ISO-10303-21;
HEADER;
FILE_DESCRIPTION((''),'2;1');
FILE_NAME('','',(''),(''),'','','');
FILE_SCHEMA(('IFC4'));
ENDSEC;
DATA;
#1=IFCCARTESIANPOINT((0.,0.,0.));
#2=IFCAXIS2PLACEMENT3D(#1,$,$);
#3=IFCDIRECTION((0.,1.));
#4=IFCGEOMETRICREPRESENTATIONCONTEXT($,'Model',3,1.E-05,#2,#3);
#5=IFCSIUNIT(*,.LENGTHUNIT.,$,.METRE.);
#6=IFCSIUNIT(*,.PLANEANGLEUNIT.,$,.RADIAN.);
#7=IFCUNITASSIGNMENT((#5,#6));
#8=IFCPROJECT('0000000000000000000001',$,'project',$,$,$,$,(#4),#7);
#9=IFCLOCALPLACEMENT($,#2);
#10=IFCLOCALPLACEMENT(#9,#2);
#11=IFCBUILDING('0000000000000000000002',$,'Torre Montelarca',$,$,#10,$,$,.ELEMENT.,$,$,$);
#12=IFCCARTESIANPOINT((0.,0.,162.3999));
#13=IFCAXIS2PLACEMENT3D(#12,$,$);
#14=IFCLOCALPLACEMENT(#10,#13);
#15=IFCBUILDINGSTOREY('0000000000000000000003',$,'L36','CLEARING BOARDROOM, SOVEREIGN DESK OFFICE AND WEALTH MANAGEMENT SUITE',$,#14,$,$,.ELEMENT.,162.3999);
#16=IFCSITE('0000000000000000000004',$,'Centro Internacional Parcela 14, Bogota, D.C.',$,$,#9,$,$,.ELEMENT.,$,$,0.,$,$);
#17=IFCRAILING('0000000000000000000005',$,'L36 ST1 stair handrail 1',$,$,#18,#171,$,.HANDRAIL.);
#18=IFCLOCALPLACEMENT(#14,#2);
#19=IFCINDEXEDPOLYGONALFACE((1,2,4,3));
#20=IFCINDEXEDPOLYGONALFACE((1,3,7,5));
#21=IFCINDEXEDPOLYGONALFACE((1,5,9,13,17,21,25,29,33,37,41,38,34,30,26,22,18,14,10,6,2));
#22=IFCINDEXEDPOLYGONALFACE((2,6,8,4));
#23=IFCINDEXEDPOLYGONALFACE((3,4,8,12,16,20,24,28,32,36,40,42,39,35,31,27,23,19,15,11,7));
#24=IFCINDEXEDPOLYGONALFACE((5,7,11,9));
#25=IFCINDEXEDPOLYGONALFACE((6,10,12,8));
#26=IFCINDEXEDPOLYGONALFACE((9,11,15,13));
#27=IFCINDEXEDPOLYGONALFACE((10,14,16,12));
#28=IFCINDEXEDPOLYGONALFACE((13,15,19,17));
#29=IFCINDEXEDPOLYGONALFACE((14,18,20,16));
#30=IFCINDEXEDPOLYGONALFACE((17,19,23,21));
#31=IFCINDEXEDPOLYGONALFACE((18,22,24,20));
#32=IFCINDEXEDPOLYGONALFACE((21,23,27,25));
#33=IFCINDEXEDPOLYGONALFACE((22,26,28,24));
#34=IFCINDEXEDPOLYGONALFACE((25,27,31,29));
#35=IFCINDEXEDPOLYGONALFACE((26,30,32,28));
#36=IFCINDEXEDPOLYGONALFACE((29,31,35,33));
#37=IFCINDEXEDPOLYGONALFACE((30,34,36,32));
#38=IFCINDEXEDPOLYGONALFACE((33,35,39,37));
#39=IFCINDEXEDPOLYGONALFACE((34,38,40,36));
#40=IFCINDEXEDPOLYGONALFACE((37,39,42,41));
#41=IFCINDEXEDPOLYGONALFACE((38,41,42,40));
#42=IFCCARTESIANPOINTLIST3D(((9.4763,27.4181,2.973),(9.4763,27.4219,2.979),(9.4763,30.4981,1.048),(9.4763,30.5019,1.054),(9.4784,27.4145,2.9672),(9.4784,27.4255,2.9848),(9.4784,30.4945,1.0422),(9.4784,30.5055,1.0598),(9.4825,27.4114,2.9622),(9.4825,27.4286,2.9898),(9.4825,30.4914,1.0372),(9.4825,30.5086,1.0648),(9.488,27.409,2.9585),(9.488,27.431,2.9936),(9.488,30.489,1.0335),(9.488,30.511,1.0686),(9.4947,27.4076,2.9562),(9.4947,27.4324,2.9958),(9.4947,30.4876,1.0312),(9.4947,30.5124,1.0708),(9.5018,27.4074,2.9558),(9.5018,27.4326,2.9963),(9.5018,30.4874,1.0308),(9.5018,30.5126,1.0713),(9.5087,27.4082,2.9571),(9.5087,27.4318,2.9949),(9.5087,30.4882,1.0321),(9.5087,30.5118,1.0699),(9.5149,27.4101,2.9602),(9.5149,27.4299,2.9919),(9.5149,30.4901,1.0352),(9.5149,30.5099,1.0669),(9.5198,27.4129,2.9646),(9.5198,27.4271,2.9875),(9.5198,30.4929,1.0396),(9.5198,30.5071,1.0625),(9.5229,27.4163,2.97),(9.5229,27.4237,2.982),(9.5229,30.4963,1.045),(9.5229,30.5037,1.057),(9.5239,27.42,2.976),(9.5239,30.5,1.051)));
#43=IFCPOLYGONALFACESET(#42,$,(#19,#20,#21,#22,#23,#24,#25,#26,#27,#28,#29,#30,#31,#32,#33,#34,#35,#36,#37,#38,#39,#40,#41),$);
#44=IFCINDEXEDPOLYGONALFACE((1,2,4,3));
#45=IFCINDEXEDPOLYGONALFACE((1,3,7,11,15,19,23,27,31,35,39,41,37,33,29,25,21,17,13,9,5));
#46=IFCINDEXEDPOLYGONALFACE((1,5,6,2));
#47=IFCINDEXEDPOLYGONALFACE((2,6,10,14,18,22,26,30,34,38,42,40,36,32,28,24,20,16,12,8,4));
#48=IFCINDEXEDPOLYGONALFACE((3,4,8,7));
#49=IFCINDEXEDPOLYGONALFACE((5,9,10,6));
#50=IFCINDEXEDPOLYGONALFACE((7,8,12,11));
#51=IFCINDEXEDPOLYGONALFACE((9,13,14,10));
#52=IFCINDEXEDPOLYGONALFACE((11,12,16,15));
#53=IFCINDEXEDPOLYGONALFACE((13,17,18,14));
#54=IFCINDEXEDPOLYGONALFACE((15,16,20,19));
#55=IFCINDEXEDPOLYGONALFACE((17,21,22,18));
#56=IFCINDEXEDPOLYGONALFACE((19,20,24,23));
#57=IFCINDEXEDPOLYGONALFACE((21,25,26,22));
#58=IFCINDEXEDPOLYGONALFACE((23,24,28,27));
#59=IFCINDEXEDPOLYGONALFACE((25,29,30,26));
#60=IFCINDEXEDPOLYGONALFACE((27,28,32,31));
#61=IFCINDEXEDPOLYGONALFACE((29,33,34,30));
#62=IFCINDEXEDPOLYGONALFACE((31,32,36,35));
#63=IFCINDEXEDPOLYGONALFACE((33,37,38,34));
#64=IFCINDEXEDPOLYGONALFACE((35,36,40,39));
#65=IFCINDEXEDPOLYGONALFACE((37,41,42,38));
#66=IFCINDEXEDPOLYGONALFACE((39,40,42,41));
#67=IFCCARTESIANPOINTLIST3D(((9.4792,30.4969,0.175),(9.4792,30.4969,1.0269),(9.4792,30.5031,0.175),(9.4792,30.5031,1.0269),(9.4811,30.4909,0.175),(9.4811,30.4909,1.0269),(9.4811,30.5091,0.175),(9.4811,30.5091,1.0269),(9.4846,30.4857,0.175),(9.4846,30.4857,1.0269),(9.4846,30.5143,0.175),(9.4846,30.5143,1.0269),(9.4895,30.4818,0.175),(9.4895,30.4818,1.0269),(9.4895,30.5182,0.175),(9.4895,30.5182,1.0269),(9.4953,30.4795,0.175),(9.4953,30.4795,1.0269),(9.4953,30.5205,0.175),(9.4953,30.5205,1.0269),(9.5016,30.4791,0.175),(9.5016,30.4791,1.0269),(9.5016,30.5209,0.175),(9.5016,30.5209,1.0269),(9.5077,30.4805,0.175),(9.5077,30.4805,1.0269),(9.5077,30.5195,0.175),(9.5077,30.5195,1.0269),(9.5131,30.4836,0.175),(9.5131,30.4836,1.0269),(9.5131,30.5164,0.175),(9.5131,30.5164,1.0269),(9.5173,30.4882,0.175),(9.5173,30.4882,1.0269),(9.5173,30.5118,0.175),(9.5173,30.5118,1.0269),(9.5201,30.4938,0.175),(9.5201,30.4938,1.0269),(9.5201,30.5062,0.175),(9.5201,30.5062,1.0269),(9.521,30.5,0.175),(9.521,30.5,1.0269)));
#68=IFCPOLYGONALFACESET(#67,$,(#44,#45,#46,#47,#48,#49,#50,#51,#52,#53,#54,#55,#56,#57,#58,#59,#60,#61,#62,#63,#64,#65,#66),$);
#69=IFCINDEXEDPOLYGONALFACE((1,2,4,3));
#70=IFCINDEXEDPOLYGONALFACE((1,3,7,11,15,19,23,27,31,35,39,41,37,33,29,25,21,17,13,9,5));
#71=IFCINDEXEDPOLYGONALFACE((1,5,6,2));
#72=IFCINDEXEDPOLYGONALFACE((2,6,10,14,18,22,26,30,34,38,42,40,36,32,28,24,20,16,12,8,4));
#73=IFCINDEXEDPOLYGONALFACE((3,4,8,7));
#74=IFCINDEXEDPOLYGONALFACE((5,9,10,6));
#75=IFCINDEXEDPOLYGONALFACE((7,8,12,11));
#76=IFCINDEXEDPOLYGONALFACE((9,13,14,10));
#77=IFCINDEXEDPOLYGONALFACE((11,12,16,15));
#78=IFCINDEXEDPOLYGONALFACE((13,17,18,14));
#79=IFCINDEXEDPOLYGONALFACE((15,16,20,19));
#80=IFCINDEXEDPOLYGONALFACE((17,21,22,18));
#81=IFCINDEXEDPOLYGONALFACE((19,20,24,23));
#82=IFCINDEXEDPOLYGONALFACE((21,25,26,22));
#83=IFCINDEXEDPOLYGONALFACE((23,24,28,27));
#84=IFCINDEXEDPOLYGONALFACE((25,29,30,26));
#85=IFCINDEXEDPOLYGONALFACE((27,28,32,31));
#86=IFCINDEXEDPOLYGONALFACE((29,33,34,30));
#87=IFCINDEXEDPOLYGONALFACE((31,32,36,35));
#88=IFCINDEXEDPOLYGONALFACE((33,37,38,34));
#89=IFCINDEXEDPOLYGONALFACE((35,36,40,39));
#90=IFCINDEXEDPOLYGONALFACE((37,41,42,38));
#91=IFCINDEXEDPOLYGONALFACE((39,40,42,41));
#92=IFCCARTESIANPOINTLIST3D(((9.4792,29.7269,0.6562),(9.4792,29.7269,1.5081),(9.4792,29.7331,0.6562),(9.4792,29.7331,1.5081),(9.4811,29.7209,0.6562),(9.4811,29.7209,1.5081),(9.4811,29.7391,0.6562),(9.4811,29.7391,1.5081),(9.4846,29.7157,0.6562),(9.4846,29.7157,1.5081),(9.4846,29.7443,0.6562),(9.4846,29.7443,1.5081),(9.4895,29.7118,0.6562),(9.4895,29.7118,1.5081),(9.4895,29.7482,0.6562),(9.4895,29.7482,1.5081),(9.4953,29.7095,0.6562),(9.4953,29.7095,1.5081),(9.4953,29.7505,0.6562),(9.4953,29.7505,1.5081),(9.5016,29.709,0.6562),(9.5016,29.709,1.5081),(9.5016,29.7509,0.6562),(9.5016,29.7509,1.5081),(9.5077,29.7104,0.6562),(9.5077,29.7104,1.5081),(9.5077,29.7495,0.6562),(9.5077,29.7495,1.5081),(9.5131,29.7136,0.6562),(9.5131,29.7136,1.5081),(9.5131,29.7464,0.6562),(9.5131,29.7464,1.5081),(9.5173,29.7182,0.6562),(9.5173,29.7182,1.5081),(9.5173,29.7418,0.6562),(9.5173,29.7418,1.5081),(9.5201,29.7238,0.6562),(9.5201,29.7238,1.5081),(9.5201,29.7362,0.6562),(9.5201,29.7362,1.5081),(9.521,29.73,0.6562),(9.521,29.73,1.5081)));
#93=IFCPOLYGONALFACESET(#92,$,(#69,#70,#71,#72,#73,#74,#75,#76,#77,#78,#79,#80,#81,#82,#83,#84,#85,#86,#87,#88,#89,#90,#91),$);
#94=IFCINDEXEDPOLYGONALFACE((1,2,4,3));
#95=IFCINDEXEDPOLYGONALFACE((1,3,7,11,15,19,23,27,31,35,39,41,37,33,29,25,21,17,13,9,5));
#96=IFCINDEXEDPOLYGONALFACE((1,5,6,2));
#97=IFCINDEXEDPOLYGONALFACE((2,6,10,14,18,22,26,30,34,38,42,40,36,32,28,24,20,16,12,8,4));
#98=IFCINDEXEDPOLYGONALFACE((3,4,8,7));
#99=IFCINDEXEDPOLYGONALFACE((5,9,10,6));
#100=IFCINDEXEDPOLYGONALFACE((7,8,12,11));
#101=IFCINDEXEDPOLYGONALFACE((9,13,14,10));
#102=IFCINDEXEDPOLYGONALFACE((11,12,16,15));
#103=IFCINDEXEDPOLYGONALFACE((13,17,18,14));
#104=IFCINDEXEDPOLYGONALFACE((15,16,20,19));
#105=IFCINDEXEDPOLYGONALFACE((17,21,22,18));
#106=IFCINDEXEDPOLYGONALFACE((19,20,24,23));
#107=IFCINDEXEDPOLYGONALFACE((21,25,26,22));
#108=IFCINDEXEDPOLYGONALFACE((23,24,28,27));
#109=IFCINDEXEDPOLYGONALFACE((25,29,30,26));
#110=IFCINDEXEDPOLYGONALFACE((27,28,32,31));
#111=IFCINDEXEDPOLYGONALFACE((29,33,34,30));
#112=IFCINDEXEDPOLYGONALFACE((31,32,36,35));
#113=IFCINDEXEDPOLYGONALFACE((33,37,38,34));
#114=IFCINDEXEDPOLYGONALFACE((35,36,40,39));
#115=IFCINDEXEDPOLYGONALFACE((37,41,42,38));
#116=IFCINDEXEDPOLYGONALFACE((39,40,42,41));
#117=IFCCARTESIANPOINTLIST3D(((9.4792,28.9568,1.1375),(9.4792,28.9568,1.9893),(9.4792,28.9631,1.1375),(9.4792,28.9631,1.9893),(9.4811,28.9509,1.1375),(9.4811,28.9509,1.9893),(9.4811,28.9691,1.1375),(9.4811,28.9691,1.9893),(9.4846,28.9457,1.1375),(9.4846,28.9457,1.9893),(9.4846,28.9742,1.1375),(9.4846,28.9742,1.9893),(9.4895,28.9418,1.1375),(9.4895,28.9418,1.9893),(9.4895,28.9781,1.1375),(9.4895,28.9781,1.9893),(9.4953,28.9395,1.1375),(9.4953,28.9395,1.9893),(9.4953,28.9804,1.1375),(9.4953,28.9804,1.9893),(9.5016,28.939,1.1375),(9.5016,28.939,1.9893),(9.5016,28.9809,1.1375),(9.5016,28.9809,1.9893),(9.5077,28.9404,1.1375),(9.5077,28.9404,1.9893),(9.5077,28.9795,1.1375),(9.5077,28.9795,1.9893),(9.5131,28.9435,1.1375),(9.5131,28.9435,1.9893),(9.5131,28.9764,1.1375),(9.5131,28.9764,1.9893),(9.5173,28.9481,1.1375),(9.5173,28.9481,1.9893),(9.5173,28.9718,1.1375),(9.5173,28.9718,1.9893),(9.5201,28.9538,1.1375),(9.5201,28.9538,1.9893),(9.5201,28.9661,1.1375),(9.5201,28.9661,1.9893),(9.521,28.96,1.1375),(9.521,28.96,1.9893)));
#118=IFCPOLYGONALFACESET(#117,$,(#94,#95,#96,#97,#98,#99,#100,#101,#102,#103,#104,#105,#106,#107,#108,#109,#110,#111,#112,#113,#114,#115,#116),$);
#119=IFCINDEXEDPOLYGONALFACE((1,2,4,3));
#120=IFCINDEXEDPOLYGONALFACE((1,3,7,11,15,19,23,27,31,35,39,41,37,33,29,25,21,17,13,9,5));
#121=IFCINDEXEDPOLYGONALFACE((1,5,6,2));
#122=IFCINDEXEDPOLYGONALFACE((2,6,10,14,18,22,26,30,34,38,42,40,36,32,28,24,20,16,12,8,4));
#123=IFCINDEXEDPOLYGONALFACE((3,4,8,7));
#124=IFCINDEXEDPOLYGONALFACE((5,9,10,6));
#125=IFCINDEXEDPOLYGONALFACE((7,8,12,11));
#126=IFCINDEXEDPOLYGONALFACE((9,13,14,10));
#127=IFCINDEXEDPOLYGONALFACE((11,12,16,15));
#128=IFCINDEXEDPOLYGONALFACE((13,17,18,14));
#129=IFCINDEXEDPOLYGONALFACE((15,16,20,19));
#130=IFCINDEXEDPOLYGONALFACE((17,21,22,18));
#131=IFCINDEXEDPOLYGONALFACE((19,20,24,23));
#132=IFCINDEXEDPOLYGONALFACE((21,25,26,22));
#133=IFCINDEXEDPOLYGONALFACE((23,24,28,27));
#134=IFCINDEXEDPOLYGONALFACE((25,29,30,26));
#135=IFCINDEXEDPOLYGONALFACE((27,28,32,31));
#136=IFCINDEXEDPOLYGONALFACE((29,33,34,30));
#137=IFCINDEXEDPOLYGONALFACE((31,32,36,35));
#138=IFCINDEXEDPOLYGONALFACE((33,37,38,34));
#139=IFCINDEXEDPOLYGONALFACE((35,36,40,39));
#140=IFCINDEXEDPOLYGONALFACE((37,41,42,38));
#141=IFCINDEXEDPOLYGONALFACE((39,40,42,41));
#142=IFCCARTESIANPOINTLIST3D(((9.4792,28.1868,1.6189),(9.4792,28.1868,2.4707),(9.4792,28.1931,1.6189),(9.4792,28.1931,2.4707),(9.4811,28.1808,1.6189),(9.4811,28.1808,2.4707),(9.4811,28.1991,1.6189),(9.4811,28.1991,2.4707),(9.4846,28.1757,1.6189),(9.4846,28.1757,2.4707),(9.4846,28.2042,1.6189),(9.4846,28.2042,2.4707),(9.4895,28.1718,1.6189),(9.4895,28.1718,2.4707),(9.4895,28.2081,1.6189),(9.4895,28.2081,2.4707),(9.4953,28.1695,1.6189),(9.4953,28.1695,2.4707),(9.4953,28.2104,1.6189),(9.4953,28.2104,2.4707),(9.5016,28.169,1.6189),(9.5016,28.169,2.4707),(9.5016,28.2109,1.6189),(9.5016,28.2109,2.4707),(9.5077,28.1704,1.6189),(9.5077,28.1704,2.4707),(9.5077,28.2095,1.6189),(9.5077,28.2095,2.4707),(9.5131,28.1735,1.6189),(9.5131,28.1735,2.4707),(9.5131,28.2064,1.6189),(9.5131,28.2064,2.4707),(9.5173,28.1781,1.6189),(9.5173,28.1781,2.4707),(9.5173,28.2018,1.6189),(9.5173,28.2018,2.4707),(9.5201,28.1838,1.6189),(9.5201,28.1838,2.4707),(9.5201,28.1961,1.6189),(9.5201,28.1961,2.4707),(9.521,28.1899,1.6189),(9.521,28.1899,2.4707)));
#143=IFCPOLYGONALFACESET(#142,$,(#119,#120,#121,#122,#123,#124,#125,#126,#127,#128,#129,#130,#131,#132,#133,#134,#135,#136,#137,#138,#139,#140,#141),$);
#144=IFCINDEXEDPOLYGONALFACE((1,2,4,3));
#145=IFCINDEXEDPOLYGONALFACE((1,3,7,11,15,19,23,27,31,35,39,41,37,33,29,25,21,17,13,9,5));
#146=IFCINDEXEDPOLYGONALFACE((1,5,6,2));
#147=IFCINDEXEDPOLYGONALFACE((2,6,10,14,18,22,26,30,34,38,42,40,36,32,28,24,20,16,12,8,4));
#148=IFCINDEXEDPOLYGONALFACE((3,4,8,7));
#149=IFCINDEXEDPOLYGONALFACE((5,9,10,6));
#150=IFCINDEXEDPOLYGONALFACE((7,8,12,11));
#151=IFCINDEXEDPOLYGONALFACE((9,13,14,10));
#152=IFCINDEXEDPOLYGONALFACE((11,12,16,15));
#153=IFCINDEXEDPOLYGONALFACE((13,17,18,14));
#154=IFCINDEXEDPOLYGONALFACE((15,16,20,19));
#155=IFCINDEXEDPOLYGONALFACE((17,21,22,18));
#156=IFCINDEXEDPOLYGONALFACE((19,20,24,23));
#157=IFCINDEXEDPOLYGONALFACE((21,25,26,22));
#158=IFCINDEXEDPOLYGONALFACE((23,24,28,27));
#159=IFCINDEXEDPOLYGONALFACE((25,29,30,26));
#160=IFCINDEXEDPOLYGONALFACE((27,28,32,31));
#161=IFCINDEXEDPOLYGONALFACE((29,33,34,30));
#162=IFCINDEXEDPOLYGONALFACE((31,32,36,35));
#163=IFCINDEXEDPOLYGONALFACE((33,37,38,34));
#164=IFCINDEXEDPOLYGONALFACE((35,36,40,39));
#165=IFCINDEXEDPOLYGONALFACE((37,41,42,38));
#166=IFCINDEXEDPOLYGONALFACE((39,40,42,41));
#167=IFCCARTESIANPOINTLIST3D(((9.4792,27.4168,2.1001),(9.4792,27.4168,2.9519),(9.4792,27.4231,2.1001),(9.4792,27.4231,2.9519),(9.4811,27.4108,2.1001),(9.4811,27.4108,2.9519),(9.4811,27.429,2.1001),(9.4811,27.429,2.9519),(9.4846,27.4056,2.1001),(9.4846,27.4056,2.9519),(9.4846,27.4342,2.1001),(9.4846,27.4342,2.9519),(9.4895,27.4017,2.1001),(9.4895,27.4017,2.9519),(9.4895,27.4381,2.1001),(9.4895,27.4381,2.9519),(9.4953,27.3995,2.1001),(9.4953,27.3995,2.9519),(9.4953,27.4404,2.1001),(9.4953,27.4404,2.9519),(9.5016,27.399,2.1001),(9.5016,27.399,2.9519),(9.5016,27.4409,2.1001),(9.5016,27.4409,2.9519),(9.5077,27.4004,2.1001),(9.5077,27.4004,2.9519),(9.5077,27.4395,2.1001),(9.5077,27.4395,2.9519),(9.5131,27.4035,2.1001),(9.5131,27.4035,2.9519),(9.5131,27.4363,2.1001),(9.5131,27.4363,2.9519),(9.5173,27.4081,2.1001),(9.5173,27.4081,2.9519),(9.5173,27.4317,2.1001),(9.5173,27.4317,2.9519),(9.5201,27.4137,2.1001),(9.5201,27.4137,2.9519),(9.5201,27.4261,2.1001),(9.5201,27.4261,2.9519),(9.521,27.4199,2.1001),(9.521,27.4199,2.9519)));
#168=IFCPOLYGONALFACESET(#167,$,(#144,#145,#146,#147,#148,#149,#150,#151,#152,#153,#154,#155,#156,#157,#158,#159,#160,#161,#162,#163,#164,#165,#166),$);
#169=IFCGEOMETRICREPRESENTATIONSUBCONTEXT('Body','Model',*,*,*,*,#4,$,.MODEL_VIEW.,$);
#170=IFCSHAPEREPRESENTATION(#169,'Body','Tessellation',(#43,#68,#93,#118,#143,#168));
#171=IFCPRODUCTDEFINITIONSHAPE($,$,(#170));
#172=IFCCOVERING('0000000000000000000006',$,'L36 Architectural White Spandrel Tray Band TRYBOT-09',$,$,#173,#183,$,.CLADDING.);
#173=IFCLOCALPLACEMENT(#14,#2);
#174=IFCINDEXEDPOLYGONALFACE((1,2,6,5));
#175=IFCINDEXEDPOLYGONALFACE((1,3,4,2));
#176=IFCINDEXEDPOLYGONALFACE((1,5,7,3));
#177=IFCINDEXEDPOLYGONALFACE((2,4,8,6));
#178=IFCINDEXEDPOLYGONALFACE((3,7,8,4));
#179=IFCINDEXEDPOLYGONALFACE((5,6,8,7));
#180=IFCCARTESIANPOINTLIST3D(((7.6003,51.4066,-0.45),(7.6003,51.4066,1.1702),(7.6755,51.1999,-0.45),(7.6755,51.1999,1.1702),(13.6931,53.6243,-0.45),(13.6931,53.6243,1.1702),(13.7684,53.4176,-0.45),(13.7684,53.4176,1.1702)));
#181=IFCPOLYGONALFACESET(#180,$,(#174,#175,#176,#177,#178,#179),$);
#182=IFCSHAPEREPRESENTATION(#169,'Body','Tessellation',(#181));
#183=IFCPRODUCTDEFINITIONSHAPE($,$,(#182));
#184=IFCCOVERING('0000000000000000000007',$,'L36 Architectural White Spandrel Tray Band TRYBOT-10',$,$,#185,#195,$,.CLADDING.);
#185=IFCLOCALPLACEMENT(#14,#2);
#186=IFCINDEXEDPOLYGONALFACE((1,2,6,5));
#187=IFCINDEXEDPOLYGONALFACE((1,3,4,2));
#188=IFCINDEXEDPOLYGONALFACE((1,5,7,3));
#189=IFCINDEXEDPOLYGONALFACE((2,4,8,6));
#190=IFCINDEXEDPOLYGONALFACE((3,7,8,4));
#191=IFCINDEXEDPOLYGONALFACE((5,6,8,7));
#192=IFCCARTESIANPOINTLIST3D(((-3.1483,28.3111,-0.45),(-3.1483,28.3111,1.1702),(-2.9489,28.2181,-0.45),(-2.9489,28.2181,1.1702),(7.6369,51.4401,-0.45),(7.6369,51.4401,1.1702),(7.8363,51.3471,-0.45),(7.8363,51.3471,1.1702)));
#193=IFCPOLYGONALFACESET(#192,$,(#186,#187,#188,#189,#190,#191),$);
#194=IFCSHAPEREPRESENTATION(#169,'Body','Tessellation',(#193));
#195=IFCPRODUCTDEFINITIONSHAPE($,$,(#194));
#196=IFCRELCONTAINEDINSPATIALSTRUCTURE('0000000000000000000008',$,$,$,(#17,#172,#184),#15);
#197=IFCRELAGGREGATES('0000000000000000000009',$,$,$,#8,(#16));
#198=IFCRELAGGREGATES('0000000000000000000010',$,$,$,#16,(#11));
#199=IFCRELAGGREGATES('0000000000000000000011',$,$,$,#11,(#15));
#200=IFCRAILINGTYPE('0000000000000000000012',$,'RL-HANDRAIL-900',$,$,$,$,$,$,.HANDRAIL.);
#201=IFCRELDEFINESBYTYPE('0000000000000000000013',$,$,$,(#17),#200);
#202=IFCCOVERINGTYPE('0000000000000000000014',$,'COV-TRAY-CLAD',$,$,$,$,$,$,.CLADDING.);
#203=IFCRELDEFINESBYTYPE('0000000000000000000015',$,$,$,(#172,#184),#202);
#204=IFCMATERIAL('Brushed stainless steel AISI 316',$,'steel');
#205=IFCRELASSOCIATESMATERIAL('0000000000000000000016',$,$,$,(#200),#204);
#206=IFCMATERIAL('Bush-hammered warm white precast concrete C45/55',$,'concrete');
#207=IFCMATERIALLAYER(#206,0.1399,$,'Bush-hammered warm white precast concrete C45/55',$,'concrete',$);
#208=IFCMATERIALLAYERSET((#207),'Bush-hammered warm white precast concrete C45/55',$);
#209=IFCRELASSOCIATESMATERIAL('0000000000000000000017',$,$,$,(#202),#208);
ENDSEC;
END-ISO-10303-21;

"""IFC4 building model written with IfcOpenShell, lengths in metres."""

from ifc_helpers import new_model, si_unit, direction, frame, origin, origin_2d, place, context, subcontext, project, spatial, rectangle, circle, extrude, source, transform, mapped, material, layer, layer_set, type_object, element, save


model = new_model("IFC4")

# Units and contexts
model_context = context("Model", 3, precision=1e-05, world=origin(), true_north=direction((0.0, 1.0)))
body_context = subcontext(model_context, "Body", "Model", "MODEL_VIEW")
ifc_project = project(units=[si_unit("LENGTHUNIT", "METRE"), si_unit("PLANEANGLEUNIT", "RADIAN")], contexts=[model_context])

# Site, building, storey
site_placement = place(None, origin())
site = spatial("IfcSite", under=ifc_project, at=site_placement, Name="Centro Internacional Parcela 14, Bogota, D.C.", CompositionType="ELEMENT", RefElevation=0.0)
building_placement = place(site_placement, origin())
building = spatial("IfcBuilding", under=site, at=building_placement, Name="Torre Montelarca", CompositionType="ELEMENT")
storey_placement = place(building_placement, frame((0.0, 0.0, 162.3999)))
storey = spatial("IfcBuildingStorey", under=building, at=storey_placement, Name="L36", Description="CLEARING BOARDROOM, SOVEREIGN DESK OFFICE AND WEALTH MANAGEMENT SUITE", CompositionType="ELEMENT", Elevation=162.3999)

# Shared definitions
ifc_material_1 = material(Name="Brushed stainless steel AISI 316", Category="steel")

# Railing
railing_type = type_object("IfcRailingType", Name="RL-HANDRAIL-900", PredefinedType="HANDRAIL", material=ifc_material_1)
railing_placement = place(storey_placement, frame((9.5, 30.5, 0.175)))
element("IfcRailing", 1, at=railing_placement, inside=storey, type_object=railing_type, Name="L36 ST1 stair handrail 1", PredefinedType="HANDRAIL", context=body_context, shape_type="SweptSolid", body=[
    extrude(circle(Radius=0.0239, at=origin_2d()), frame((0.0, 0.0, 0.876), z_axis=(0.0, -0.847998, 0.529999), x_axis=(1.0, 0.0, 0.0)), (0.0, 0.0, 1.0), 3.6321),
    extrude(circle(Radius=0.021, at=origin_2d()), origin(), (0.0, 0.0, 1.0), 0.8518),
    extrude(circle(Radius=0.021, at=origin_2d()), frame((0.0, -0.77, 0.4812)), (0.0, 0.0, 1.0), 0.8518),
    extrude(circle(Radius=0.021, at=origin_2d()), frame((0.0, -1.54, 0.9624)), (0.0, 0.0, 1.0), 0.8518),
    extrude(circle(Radius=0.021, at=origin_2d()), frame((0.0, -2.3101, 1.4438)), (0.0, 0.0, 1.0), 0.8518),
    extrude(circle(Radius=0.021, at=origin_2d()), frame((0.0, -3.0801, 1.925)), (0.0, 0.0, 1.0), 0.8518),
])

# Coverings
ifc_material_2 = material(Name="Bush-hammered warm white precast concrete C45/55", Category="concrete")
ifc_layer_1 = layer(ifc_material_2, 0.1399, Name="Bush-hammered warm white precast concrete C45/55", Category="concrete")
ifc_layer_set_1 = layer_set([ifc_layer_1], Name="Bush-hammered warm white precast concrete C45/55")
covering_type = type_object("IfcCoveringType", Name="COV-TRAY-CLAD", PredefinedType="CLADDING", material=ifc_layer_set_1)
shared_shape_1 = source(origin(), body_context, "Body", "SweptSolid", [
    extrude(rectangle(XDim=6.4839, YDim=0.22, at=origin_2d()), origin(), (0.0, 0.0, 1.0), 1.6201),
])
covering_1_placement = place(storey_placement, frame((10.6843, 52.4121, -0.45), z_axis=(0.0, 0.0, 1.0), x_axis=(-0.939691, -0.342023, 0.0)))
element("IfcCovering", 2, at=covering_1_placement, inside=storey, type_object=covering_type, Name="L36 Architectural White Spandrel Tray Band TRYBOT-09", PredefinedType="CLADDING", context=body_context, shape_type="MappedRepresentation", body=[
    mapped(shared_shape_1, transform((0.0, 0.0, 0.0), scale=1.0)),
])
shared_shape_2 = source(origin(), body_context, "Body", "SweptSolid", [
    extrude(rectangle(XDim=25.52, YDim=0.22, at=origin_2d()), origin(), (0.0, 0.0, 1.0), 1.6201),
])
covering_2_placement = place(storey_placement, frame((2.344, 39.8291, -0.45), z_axis=(0.0, 0.0, 1.0), x_axis=(-0.422618, -0.906308, 0.0)))
element("IfcCovering", 3, at=covering_2_placement, inside=storey, type_object=covering_type, Name="L36 Architectural White Spandrel Tray Band TRYBOT-10", PredefinedType="CLADDING", context=body_context, shape_type="MappedRepresentation", body=[
    mapped(shared_shape_2, transform((0.0, 0.0, 0.0), scale=1.0)),
])

save(model, "model.ifc")
